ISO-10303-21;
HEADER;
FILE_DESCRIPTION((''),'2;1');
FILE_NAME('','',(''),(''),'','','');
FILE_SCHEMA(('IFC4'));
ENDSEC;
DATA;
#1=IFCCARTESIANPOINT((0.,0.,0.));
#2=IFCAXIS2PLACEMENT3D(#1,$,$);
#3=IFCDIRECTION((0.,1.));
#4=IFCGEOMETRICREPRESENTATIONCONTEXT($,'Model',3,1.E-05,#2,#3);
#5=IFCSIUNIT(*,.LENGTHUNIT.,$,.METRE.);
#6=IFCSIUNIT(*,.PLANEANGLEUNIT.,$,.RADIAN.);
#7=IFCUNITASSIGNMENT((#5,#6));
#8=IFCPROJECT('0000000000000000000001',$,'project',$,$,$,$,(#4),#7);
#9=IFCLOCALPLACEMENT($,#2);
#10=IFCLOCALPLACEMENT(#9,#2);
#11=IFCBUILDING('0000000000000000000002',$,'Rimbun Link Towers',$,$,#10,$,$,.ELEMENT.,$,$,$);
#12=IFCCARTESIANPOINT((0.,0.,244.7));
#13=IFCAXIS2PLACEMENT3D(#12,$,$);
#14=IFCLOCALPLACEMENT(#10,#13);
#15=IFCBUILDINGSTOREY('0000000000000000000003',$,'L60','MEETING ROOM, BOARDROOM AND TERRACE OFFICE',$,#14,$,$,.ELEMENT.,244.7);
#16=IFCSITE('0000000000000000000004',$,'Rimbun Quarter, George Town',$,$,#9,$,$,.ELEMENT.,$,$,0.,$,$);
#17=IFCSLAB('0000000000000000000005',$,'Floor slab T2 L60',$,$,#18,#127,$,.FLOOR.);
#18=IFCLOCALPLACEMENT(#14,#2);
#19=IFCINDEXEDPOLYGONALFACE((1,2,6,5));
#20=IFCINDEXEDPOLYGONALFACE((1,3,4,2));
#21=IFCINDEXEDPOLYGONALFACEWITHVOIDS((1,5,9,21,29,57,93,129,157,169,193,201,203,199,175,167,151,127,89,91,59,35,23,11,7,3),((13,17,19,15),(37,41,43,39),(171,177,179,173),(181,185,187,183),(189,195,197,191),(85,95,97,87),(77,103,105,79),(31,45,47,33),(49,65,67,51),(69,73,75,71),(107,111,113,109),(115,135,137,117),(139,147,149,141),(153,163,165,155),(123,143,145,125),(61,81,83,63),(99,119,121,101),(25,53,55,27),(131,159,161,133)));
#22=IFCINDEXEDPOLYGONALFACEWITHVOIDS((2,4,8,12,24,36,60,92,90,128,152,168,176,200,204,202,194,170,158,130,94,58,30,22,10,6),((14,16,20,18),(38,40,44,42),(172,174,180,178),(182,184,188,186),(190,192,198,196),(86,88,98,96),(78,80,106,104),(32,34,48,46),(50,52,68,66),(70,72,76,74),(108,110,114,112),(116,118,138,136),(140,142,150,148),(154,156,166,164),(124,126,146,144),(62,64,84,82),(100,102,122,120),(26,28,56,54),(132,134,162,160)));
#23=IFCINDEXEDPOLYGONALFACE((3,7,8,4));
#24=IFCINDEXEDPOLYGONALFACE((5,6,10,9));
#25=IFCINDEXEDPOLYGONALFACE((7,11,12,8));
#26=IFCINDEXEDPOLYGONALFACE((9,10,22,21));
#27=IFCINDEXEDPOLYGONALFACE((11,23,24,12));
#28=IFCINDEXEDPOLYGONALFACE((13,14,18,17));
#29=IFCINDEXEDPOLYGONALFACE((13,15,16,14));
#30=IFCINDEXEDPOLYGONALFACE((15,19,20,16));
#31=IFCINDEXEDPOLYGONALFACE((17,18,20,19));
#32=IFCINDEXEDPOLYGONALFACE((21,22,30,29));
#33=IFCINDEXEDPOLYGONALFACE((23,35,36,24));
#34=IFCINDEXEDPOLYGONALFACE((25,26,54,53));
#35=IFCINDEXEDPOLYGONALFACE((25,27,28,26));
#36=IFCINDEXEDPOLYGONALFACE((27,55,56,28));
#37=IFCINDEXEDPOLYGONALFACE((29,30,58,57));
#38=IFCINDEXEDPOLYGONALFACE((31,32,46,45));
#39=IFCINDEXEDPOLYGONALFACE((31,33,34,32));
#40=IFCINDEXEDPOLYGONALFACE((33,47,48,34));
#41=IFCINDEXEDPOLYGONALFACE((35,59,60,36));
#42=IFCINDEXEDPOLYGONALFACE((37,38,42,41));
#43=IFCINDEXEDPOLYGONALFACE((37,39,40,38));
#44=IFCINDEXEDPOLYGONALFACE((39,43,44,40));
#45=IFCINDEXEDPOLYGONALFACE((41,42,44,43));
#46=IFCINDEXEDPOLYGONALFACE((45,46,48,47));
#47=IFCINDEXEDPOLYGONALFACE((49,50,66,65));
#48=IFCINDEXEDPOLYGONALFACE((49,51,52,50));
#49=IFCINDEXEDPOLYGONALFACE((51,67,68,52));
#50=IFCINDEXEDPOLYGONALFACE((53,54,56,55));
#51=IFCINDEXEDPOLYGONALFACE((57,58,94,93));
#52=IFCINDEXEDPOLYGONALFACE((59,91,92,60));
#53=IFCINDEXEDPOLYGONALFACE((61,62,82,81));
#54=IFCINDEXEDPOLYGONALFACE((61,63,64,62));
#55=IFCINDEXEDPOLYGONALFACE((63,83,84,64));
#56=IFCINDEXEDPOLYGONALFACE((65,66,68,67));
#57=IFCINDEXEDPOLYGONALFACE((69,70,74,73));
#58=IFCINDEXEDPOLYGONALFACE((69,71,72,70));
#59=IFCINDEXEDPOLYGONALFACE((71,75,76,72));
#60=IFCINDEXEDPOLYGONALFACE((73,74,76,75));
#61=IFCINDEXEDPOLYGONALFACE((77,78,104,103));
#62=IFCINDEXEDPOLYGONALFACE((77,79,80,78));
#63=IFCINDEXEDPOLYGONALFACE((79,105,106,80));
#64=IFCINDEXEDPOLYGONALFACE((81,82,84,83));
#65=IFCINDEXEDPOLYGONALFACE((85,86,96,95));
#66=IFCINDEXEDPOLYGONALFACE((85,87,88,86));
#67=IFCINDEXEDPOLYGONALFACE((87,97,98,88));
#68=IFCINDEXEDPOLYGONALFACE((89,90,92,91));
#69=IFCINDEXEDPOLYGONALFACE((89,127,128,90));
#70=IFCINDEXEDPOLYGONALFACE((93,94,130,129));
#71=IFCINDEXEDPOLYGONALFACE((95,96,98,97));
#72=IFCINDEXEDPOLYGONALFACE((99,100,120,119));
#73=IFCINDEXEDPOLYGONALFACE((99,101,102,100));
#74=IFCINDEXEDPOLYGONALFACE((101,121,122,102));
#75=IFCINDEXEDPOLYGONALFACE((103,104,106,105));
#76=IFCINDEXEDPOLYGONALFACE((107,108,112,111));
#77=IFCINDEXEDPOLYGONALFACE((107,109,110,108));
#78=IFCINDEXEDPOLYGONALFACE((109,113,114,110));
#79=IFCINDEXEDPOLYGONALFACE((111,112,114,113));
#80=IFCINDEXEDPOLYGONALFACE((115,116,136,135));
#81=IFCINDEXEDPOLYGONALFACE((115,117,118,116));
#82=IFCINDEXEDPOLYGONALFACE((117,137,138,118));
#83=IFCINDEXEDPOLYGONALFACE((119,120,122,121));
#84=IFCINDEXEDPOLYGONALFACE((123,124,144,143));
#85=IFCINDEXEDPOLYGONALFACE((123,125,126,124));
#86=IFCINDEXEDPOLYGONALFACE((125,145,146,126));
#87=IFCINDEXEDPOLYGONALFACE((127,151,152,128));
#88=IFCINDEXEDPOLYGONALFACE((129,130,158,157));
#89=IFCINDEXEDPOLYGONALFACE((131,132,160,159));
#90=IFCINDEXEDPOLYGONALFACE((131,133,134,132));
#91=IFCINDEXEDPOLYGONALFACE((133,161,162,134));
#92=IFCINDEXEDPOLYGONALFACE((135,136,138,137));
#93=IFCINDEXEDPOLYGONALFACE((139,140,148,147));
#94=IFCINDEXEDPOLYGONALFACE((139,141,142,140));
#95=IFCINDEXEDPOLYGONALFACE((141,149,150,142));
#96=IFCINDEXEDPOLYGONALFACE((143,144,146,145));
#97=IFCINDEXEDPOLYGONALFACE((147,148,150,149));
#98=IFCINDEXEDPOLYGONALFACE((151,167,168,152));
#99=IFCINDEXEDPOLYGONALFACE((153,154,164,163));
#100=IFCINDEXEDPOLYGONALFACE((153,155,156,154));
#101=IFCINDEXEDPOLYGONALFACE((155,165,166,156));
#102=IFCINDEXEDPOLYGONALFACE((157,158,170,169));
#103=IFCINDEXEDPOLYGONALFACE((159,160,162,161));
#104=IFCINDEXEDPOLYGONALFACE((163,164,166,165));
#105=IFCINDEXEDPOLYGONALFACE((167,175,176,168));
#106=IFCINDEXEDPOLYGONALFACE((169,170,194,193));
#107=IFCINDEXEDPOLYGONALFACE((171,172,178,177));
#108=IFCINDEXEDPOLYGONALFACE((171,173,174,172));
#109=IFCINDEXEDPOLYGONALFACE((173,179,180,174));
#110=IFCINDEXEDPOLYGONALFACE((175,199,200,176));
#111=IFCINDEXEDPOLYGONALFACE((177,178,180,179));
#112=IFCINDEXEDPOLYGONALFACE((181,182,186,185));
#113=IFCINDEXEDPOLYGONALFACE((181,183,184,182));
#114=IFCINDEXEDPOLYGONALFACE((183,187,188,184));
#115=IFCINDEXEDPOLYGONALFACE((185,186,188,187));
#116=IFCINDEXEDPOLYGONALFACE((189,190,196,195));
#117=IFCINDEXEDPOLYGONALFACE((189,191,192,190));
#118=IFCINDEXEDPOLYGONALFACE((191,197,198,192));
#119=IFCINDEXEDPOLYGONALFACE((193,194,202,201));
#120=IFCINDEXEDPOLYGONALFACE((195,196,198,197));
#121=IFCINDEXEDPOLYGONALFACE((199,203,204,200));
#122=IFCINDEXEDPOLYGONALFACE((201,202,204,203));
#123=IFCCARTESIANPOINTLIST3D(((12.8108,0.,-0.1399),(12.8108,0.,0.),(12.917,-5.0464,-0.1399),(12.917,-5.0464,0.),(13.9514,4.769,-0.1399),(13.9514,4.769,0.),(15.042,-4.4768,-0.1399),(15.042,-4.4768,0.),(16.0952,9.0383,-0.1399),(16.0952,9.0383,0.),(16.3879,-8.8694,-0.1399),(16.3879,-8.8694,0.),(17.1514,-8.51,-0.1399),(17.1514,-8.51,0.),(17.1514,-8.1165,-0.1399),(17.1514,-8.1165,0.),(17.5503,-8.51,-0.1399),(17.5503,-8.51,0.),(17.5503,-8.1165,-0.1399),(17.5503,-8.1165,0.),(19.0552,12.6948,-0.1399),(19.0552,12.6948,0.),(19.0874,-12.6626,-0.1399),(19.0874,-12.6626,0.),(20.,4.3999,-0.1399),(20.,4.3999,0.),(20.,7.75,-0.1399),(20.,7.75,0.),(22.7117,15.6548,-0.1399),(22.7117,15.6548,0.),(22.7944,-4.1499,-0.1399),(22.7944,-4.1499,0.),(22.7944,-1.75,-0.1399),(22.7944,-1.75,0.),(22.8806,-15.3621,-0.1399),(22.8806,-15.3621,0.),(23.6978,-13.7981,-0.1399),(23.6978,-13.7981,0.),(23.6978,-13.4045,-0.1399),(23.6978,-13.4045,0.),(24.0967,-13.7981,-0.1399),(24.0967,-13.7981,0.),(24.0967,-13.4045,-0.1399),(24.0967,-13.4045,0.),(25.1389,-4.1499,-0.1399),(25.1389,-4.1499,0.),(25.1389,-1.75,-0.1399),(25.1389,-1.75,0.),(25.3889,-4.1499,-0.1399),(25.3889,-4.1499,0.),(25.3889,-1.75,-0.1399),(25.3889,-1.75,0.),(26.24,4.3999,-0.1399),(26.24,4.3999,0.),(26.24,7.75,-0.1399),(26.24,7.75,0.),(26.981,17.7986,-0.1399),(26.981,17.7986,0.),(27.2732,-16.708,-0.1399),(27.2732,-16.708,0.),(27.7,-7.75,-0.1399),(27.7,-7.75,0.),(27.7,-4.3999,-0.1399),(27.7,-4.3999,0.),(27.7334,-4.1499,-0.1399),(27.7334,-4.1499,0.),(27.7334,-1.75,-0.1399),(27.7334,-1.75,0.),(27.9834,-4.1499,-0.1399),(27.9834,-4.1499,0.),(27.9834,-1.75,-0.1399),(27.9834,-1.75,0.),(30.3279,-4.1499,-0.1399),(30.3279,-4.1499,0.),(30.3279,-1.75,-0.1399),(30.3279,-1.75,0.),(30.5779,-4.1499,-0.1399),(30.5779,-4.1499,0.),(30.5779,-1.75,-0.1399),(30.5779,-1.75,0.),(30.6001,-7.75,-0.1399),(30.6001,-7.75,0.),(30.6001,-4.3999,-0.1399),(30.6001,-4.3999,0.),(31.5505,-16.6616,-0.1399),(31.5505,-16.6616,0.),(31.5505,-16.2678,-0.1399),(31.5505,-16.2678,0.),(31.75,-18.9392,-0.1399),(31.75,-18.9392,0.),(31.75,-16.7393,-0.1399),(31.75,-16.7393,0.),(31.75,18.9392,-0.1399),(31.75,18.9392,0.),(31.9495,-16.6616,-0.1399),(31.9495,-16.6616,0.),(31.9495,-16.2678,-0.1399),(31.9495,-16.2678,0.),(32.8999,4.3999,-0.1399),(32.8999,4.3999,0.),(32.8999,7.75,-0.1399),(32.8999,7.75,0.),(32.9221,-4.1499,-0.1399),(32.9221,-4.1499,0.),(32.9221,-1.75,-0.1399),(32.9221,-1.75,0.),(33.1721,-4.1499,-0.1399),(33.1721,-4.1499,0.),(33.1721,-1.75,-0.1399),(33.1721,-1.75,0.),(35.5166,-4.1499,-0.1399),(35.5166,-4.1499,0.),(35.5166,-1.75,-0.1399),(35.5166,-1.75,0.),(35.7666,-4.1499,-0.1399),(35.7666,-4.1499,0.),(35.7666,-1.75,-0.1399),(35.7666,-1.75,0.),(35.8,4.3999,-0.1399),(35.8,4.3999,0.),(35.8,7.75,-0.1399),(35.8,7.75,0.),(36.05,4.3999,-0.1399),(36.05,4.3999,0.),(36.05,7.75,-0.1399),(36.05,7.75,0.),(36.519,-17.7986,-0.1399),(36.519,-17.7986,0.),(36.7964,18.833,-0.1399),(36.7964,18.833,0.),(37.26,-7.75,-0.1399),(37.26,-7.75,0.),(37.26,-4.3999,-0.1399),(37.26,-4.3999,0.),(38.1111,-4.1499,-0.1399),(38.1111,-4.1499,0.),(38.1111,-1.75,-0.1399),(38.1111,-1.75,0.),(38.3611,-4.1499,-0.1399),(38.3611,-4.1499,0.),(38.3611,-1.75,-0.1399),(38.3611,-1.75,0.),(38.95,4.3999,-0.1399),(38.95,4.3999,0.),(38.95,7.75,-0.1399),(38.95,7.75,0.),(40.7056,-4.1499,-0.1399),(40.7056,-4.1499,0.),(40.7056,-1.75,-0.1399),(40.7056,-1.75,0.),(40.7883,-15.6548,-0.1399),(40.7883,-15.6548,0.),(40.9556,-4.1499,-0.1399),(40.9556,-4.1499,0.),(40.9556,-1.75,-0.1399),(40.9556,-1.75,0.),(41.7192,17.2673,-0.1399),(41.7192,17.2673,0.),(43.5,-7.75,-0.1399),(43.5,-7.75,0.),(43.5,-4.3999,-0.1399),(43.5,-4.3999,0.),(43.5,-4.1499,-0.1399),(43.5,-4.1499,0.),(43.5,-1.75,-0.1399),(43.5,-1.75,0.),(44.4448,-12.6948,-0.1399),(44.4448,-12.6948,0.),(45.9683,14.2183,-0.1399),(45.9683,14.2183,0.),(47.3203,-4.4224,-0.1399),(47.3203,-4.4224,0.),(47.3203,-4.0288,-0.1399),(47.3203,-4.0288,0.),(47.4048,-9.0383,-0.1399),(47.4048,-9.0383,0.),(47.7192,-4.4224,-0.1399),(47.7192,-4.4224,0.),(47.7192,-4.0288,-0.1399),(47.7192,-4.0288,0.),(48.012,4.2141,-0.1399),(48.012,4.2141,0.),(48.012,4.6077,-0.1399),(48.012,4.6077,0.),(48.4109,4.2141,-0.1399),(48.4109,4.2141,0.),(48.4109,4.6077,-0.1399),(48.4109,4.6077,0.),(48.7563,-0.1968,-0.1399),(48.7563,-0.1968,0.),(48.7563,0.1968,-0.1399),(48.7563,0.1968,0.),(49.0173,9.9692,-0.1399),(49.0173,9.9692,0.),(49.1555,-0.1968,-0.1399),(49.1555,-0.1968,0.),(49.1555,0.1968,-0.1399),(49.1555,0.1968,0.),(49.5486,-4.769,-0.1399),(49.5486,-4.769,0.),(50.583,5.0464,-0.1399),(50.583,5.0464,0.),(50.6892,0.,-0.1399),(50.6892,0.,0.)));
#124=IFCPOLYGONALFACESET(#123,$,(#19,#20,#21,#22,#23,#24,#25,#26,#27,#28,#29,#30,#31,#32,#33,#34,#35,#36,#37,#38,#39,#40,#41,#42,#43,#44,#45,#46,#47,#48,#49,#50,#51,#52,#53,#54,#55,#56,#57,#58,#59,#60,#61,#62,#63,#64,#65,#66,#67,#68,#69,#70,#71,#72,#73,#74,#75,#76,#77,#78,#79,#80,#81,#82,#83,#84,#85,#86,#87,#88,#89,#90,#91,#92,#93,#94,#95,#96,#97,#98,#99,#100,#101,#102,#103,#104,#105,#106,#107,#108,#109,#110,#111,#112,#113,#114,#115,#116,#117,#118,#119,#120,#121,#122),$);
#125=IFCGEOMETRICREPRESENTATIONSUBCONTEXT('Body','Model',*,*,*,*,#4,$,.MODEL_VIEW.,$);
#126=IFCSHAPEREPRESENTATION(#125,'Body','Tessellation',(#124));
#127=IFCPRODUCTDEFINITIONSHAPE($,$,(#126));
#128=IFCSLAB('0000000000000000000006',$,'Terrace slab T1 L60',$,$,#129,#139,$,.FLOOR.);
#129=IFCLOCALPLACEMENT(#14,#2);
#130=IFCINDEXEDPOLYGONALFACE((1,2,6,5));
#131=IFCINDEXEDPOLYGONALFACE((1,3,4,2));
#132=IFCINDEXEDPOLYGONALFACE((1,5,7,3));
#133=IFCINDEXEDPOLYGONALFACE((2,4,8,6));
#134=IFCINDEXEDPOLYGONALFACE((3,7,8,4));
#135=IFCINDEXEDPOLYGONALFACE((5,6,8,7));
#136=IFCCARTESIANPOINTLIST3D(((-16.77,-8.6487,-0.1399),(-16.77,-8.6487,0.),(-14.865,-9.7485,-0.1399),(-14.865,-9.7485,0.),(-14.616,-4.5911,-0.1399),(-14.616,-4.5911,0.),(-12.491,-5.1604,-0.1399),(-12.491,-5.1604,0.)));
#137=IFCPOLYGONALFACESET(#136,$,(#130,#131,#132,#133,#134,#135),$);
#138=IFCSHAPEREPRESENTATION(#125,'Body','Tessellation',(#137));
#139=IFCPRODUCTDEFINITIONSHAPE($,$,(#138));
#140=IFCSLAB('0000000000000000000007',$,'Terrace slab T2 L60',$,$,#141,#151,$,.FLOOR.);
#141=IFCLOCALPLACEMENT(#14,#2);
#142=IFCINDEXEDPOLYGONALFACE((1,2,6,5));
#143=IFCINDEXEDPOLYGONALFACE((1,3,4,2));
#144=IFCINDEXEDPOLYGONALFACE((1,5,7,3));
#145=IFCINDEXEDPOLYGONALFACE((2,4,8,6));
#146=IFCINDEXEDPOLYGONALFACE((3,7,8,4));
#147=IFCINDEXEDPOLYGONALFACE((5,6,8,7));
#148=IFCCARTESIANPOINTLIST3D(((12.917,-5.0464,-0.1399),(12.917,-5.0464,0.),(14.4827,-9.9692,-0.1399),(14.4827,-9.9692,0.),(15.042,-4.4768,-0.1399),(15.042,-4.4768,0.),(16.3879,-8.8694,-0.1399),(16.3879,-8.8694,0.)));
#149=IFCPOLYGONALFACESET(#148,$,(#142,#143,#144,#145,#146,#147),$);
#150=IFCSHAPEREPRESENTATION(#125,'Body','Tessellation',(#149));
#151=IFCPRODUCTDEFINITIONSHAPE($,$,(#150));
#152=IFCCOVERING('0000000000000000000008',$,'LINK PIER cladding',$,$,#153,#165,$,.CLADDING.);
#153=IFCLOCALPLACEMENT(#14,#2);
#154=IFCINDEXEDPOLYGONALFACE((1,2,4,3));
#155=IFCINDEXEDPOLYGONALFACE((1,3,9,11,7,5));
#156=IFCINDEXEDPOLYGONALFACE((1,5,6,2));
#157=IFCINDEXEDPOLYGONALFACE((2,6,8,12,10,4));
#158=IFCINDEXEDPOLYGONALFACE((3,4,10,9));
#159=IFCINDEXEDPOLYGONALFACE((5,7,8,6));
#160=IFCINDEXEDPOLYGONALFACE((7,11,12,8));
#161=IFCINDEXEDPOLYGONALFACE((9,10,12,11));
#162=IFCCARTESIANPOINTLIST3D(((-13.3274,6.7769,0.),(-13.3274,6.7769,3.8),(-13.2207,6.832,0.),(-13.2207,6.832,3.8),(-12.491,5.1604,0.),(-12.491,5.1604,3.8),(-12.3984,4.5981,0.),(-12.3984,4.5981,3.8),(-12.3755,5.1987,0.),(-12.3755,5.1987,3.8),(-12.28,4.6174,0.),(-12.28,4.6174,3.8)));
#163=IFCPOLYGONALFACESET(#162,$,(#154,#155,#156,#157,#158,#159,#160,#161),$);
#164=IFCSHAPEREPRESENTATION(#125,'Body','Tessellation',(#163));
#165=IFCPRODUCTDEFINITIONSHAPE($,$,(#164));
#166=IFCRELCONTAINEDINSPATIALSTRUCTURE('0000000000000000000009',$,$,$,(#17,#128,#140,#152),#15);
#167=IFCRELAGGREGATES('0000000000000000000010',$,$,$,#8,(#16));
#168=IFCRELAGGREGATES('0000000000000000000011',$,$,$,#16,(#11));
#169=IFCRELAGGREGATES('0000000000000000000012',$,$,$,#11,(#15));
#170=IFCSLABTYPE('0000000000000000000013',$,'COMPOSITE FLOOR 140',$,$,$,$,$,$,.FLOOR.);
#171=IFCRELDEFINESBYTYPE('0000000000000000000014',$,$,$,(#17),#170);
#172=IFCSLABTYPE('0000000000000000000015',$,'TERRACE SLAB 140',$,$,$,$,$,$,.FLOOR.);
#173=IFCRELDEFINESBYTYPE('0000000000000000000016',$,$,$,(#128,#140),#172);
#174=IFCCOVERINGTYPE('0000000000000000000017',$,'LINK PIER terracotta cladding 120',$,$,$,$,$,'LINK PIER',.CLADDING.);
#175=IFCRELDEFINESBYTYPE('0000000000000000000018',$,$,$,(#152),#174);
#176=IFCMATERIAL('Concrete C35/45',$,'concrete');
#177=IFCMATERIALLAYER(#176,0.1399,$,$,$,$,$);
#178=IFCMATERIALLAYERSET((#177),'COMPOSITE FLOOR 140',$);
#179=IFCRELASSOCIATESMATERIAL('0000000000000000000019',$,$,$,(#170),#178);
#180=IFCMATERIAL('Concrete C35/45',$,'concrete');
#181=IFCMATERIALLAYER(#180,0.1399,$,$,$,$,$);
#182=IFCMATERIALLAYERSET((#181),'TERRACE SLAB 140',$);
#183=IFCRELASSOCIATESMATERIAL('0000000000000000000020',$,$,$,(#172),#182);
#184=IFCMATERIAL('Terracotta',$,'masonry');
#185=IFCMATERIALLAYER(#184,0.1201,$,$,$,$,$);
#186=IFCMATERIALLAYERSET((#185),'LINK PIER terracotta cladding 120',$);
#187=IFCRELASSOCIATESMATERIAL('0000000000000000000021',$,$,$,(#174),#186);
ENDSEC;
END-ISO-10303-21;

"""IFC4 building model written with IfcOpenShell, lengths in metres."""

from ifc_helpers import new_model, si_unit, direction, frame, origin, place, context, subcontext, project, spatial, polyline, outline, extrude, material, layer, layer_set, type_object, element, save


model = new_model("IFC4")

# Units and contexts
model_context = context("Model", 3, precision=1e-05, world=origin(), true_north=direction((0.0, 1.0)))
body_context = subcontext(model_context, "Body", "Model", "MODEL_VIEW")
ifc_project = project(units=[si_unit("LENGTHUNIT", "METRE"), si_unit("PLANEANGLEUNIT", "RADIAN")], contexts=[model_context])

# Site, building, storey
site_placement = place(None, origin())
site = spatial("IfcSite", under=ifc_project, at=site_placement, Name="Rimbun Quarter, George Town", CompositionType="ELEMENT", RefElevation=0.0)
building_placement = place(site_placement, origin())
building = spatial("IfcBuilding", under=site, at=building_placement, Name="Rimbun Link Towers", CompositionType="ELEMENT")
storey_placement = place(building_placement, frame((0.0, 0.0, 244.7)))
storey = spatial("IfcBuildingStorey", under=building, at=storey_placement, Name="L60", Description="MEETING ROOM, BOARDROOM AND TERRACE OFFICE", CompositionType="ELEMENT", Elevation=244.7)

# Slabs
ifc_material_1 = material(Name="Concrete C35/45", Category="concrete")
ifc_layer_1 = layer(ifc_material_1, 0.1399)
ifc_layer_set_1 = layer_set([ifc_layer_1], Name="COMPOSITE FLOOR 140")
slab_type_1 = type_object("IfcSlabType", Name="COMPOSITE FLOOR 140", PredefinedType="FLOOR", material=ifc_layer_set_1)
slab_1_placement = place(storey_placement, frame((0.0, 0.0, -0.1399)))
element("IfcSlab", 1, at=slab_1_placement, inside=storey, type_object=slab_type_1, Name="Floor slab T2 L60", PredefinedType="FLOOR", context=body_context, shape_type="SweptSolid", body=[
    extrude(outline(polyline([(12.8108, 0.0), (13.9514, 4.769), (16.0952, 9.0383), (19.0552, 12.6948), (22.7117, 15.6548), (26.981, 17.7986), (31.75, 18.9392), (36.7964, 18.833), (41.7192, 17.2673), (45.9683, 14.2183), (49.0173, 9.9692), (50.583, 5.0464), (50.6892, 0.0), (49.5486, -4.769), (47.4048, -9.0383), (44.4448, -12.6948), (40.7883, -15.6548), (36.519, -17.7986), (31.75, -18.9392), (31.75, -16.7393), (27.2732, -16.708), (22.8806, -15.3621), (19.0874, -12.6626), (16.3879, -8.8694), (15.042, -4.4768), (12.917, -5.0464), (12.8108, 0.0)]), holes=[polyline([(31.9495, -16.6616), (31.9495, -16.2678), (31.5505, -16.2678), (31.5505, -16.6616), (31.9495, -16.6616)]), polyline([(24.0967, -13.7981), (24.0967, -13.4045), (23.6978, -13.4045), (23.6978, -13.7981), (24.0967, -13.7981)]), polyline([(17.5503, -8.51), (17.5503, -8.1165), (17.1514, -8.1165), (17.1514, -8.51), (17.5503, -8.51)]), polyline([(30.6001, -7.75), (30.6001, -4.3999), (27.7, -4.3999), (27.7, -7.75), (30.6001, -7.75)]), polyline([(25.1389, -4.1499), (25.1389, -1.75), (22.7944, -1.75), (22.7944, -4.1499), (25.1389, -4.1499)]), polyline([(27.7334, -4.1499), (27.7334, -1.75), (25.3889, -1.75), (25.3889, -4.1499), (27.7334, -4.1499)]), polyline([(30.3279, -4.1499), (30.3279, -1.75), (27.9834, -1.75), (27.9834, -4.1499), (30.3279, -4.1499)]), polyline([(30.5779, -4.1499), (32.9221, -4.1499), (32.9221, -1.75), (30.5779, -1.75), (30.5779, -4.1499)]), polyline([(33.1721, -4.1499), (35.5166, -4.1499), (35.5166, -1.75), (33.1721, -1.75), (33.1721, -4.1499)]), polyline([(26.24, 4.3999), (26.24, 7.75), (20.0, 7.75), (20.0, 4.3999), (26.24, 4.3999)]), polyline([(43.5, -7.75), (43.5, -4.3999), (37.26, -4.3999), (37.26, -7.75), (43.5, -7.75)]), polyline([(47.7192, -4.4224), (47.7192, -4.0288), (47.3203, -4.0288), (47.3203, -4.4224), (47.7192, -4.4224)]), polyline([(35.7666, -4.1499), (38.1111, -4.1499), (38.1111, -1.75), (35.7666, -1.75), (35.7666, -4.1499)]), polyline([(38.3611, -4.1499), (40.7056, -4.1499), (40.7056, -1.75), (38.3611, -1.75), (38.3611, -4.1499)]), polyline([(43.5, -4.1499), (43.5, -1.75), (40.9556, -1.75), (40.9556, -4.1499), (43.5, -4.1499)]), polyline([(49.1555, -0.1968), (49.1555, 0.1968), (48.7563, 0.1968), (48.7563, -0.1968), (49.1555, -0.1968)]), polyline([(48.4109, 4.2141), (48.4109, 4.6077), (48.012, 4.6077), (48.012, 4.2141), (48.4109, 4.2141)]), polyline([(32.8999, 4.3999), (35.8, 4.3999), (35.8, 7.75), (32.8999, 7.75), (32.8999, 4.3999)]), polyline([(36.05, 4.3999), (38.95, 4.3999), (38.95, 7.75), (36.05, 7.75), (36.05, 4.3999)])]), origin(), (0.0, 0.0, 1.0), 0.1399),
])
ifc_material_2 = material(Name="Concrete C35/45", Category="concrete")
ifc_layer_2 = layer(ifc_material_2, 0.1399)
ifc_layer_set_2 = layer_set([ifc_layer_2], Name="TERRACE SLAB 140")
slab_type_2 = type_object("IfcSlabType", Name="TERRACE SLAB 140", PredefinedType="FLOOR", material=ifc_layer_set_2)
slab_2_placement = place(storey_placement, frame((0.0, 0.0, -0.1399)))
element("IfcSlab", 2, at=slab_2_placement, inside=storey, type_object=slab_type_2, Name="Terrace slab T1 L60", PredefinedType="FLOOR", context=body_context, shape_type="SweptSolid", body=[
    extrude(outline(polyline([(-16.77, -8.6487), (-14.616, -4.5911), (-12.491, -5.1604), (-14.865, -9.7485), (-16.77, -8.6487)])), origin(), (0.0, 0.0, 1.0), 0.1399),
])
slab_3_placement = place(storey_placement, frame((0.0, 0.0, -0.1399)))
element("IfcSlab", 3, at=slab_3_placement, inside=storey, type_object=slab_type_2, Name="Terrace slab T2 L60", PredefinedType="FLOOR", context=body_context, shape_type="SweptSolid", body=[
    extrude(outline(polyline([(15.042, -4.4768), (16.3879, -8.8694), (14.4827, -9.9692), (12.917, -5.0464), (15.042, -4.4768)])), origin(), (0.0, 0.0, 1.0), 0.1399),
])

# Covering
ifc_material_3 = material(Name="Terracotta", Category="masonry")
ifc_layer_3 = layer(ifc_material_3, 0.1201)
ifc_layer_set_3 = layer_set([ifc_layer_3], Name="LINK PIER terracotta cladding 120")
covering_type = type_object("IfcCoveringType", Name="LINK PIER terracotta cladding 120", ElementType="LINK PIER", PredefinedType="CLADDING", material=ifc_layer_set_3)
covering_1_placement = place(storey_placement, origin())
element("IfcCovering", 4, at=covering_1_placement, inside=storey, type_object=covering_type, Name="LINK PIER cladding", PredefinedType="CLADDING", context=body_context, shape_type="SweptSolid", body=[
    extrude(outline(polyline([(-13.3274, 6.7769), (-12.491, 5.1604), (-12.3984, 4.5981), (-12.28, 4.6174), (-12.3755, 5.1987), (-13.2207, 6.832), (-13.3274, 6.7769)])), origin(), (0.0, 0.0, 1.0), 3.8),
])

save(model, "model.ifc")
